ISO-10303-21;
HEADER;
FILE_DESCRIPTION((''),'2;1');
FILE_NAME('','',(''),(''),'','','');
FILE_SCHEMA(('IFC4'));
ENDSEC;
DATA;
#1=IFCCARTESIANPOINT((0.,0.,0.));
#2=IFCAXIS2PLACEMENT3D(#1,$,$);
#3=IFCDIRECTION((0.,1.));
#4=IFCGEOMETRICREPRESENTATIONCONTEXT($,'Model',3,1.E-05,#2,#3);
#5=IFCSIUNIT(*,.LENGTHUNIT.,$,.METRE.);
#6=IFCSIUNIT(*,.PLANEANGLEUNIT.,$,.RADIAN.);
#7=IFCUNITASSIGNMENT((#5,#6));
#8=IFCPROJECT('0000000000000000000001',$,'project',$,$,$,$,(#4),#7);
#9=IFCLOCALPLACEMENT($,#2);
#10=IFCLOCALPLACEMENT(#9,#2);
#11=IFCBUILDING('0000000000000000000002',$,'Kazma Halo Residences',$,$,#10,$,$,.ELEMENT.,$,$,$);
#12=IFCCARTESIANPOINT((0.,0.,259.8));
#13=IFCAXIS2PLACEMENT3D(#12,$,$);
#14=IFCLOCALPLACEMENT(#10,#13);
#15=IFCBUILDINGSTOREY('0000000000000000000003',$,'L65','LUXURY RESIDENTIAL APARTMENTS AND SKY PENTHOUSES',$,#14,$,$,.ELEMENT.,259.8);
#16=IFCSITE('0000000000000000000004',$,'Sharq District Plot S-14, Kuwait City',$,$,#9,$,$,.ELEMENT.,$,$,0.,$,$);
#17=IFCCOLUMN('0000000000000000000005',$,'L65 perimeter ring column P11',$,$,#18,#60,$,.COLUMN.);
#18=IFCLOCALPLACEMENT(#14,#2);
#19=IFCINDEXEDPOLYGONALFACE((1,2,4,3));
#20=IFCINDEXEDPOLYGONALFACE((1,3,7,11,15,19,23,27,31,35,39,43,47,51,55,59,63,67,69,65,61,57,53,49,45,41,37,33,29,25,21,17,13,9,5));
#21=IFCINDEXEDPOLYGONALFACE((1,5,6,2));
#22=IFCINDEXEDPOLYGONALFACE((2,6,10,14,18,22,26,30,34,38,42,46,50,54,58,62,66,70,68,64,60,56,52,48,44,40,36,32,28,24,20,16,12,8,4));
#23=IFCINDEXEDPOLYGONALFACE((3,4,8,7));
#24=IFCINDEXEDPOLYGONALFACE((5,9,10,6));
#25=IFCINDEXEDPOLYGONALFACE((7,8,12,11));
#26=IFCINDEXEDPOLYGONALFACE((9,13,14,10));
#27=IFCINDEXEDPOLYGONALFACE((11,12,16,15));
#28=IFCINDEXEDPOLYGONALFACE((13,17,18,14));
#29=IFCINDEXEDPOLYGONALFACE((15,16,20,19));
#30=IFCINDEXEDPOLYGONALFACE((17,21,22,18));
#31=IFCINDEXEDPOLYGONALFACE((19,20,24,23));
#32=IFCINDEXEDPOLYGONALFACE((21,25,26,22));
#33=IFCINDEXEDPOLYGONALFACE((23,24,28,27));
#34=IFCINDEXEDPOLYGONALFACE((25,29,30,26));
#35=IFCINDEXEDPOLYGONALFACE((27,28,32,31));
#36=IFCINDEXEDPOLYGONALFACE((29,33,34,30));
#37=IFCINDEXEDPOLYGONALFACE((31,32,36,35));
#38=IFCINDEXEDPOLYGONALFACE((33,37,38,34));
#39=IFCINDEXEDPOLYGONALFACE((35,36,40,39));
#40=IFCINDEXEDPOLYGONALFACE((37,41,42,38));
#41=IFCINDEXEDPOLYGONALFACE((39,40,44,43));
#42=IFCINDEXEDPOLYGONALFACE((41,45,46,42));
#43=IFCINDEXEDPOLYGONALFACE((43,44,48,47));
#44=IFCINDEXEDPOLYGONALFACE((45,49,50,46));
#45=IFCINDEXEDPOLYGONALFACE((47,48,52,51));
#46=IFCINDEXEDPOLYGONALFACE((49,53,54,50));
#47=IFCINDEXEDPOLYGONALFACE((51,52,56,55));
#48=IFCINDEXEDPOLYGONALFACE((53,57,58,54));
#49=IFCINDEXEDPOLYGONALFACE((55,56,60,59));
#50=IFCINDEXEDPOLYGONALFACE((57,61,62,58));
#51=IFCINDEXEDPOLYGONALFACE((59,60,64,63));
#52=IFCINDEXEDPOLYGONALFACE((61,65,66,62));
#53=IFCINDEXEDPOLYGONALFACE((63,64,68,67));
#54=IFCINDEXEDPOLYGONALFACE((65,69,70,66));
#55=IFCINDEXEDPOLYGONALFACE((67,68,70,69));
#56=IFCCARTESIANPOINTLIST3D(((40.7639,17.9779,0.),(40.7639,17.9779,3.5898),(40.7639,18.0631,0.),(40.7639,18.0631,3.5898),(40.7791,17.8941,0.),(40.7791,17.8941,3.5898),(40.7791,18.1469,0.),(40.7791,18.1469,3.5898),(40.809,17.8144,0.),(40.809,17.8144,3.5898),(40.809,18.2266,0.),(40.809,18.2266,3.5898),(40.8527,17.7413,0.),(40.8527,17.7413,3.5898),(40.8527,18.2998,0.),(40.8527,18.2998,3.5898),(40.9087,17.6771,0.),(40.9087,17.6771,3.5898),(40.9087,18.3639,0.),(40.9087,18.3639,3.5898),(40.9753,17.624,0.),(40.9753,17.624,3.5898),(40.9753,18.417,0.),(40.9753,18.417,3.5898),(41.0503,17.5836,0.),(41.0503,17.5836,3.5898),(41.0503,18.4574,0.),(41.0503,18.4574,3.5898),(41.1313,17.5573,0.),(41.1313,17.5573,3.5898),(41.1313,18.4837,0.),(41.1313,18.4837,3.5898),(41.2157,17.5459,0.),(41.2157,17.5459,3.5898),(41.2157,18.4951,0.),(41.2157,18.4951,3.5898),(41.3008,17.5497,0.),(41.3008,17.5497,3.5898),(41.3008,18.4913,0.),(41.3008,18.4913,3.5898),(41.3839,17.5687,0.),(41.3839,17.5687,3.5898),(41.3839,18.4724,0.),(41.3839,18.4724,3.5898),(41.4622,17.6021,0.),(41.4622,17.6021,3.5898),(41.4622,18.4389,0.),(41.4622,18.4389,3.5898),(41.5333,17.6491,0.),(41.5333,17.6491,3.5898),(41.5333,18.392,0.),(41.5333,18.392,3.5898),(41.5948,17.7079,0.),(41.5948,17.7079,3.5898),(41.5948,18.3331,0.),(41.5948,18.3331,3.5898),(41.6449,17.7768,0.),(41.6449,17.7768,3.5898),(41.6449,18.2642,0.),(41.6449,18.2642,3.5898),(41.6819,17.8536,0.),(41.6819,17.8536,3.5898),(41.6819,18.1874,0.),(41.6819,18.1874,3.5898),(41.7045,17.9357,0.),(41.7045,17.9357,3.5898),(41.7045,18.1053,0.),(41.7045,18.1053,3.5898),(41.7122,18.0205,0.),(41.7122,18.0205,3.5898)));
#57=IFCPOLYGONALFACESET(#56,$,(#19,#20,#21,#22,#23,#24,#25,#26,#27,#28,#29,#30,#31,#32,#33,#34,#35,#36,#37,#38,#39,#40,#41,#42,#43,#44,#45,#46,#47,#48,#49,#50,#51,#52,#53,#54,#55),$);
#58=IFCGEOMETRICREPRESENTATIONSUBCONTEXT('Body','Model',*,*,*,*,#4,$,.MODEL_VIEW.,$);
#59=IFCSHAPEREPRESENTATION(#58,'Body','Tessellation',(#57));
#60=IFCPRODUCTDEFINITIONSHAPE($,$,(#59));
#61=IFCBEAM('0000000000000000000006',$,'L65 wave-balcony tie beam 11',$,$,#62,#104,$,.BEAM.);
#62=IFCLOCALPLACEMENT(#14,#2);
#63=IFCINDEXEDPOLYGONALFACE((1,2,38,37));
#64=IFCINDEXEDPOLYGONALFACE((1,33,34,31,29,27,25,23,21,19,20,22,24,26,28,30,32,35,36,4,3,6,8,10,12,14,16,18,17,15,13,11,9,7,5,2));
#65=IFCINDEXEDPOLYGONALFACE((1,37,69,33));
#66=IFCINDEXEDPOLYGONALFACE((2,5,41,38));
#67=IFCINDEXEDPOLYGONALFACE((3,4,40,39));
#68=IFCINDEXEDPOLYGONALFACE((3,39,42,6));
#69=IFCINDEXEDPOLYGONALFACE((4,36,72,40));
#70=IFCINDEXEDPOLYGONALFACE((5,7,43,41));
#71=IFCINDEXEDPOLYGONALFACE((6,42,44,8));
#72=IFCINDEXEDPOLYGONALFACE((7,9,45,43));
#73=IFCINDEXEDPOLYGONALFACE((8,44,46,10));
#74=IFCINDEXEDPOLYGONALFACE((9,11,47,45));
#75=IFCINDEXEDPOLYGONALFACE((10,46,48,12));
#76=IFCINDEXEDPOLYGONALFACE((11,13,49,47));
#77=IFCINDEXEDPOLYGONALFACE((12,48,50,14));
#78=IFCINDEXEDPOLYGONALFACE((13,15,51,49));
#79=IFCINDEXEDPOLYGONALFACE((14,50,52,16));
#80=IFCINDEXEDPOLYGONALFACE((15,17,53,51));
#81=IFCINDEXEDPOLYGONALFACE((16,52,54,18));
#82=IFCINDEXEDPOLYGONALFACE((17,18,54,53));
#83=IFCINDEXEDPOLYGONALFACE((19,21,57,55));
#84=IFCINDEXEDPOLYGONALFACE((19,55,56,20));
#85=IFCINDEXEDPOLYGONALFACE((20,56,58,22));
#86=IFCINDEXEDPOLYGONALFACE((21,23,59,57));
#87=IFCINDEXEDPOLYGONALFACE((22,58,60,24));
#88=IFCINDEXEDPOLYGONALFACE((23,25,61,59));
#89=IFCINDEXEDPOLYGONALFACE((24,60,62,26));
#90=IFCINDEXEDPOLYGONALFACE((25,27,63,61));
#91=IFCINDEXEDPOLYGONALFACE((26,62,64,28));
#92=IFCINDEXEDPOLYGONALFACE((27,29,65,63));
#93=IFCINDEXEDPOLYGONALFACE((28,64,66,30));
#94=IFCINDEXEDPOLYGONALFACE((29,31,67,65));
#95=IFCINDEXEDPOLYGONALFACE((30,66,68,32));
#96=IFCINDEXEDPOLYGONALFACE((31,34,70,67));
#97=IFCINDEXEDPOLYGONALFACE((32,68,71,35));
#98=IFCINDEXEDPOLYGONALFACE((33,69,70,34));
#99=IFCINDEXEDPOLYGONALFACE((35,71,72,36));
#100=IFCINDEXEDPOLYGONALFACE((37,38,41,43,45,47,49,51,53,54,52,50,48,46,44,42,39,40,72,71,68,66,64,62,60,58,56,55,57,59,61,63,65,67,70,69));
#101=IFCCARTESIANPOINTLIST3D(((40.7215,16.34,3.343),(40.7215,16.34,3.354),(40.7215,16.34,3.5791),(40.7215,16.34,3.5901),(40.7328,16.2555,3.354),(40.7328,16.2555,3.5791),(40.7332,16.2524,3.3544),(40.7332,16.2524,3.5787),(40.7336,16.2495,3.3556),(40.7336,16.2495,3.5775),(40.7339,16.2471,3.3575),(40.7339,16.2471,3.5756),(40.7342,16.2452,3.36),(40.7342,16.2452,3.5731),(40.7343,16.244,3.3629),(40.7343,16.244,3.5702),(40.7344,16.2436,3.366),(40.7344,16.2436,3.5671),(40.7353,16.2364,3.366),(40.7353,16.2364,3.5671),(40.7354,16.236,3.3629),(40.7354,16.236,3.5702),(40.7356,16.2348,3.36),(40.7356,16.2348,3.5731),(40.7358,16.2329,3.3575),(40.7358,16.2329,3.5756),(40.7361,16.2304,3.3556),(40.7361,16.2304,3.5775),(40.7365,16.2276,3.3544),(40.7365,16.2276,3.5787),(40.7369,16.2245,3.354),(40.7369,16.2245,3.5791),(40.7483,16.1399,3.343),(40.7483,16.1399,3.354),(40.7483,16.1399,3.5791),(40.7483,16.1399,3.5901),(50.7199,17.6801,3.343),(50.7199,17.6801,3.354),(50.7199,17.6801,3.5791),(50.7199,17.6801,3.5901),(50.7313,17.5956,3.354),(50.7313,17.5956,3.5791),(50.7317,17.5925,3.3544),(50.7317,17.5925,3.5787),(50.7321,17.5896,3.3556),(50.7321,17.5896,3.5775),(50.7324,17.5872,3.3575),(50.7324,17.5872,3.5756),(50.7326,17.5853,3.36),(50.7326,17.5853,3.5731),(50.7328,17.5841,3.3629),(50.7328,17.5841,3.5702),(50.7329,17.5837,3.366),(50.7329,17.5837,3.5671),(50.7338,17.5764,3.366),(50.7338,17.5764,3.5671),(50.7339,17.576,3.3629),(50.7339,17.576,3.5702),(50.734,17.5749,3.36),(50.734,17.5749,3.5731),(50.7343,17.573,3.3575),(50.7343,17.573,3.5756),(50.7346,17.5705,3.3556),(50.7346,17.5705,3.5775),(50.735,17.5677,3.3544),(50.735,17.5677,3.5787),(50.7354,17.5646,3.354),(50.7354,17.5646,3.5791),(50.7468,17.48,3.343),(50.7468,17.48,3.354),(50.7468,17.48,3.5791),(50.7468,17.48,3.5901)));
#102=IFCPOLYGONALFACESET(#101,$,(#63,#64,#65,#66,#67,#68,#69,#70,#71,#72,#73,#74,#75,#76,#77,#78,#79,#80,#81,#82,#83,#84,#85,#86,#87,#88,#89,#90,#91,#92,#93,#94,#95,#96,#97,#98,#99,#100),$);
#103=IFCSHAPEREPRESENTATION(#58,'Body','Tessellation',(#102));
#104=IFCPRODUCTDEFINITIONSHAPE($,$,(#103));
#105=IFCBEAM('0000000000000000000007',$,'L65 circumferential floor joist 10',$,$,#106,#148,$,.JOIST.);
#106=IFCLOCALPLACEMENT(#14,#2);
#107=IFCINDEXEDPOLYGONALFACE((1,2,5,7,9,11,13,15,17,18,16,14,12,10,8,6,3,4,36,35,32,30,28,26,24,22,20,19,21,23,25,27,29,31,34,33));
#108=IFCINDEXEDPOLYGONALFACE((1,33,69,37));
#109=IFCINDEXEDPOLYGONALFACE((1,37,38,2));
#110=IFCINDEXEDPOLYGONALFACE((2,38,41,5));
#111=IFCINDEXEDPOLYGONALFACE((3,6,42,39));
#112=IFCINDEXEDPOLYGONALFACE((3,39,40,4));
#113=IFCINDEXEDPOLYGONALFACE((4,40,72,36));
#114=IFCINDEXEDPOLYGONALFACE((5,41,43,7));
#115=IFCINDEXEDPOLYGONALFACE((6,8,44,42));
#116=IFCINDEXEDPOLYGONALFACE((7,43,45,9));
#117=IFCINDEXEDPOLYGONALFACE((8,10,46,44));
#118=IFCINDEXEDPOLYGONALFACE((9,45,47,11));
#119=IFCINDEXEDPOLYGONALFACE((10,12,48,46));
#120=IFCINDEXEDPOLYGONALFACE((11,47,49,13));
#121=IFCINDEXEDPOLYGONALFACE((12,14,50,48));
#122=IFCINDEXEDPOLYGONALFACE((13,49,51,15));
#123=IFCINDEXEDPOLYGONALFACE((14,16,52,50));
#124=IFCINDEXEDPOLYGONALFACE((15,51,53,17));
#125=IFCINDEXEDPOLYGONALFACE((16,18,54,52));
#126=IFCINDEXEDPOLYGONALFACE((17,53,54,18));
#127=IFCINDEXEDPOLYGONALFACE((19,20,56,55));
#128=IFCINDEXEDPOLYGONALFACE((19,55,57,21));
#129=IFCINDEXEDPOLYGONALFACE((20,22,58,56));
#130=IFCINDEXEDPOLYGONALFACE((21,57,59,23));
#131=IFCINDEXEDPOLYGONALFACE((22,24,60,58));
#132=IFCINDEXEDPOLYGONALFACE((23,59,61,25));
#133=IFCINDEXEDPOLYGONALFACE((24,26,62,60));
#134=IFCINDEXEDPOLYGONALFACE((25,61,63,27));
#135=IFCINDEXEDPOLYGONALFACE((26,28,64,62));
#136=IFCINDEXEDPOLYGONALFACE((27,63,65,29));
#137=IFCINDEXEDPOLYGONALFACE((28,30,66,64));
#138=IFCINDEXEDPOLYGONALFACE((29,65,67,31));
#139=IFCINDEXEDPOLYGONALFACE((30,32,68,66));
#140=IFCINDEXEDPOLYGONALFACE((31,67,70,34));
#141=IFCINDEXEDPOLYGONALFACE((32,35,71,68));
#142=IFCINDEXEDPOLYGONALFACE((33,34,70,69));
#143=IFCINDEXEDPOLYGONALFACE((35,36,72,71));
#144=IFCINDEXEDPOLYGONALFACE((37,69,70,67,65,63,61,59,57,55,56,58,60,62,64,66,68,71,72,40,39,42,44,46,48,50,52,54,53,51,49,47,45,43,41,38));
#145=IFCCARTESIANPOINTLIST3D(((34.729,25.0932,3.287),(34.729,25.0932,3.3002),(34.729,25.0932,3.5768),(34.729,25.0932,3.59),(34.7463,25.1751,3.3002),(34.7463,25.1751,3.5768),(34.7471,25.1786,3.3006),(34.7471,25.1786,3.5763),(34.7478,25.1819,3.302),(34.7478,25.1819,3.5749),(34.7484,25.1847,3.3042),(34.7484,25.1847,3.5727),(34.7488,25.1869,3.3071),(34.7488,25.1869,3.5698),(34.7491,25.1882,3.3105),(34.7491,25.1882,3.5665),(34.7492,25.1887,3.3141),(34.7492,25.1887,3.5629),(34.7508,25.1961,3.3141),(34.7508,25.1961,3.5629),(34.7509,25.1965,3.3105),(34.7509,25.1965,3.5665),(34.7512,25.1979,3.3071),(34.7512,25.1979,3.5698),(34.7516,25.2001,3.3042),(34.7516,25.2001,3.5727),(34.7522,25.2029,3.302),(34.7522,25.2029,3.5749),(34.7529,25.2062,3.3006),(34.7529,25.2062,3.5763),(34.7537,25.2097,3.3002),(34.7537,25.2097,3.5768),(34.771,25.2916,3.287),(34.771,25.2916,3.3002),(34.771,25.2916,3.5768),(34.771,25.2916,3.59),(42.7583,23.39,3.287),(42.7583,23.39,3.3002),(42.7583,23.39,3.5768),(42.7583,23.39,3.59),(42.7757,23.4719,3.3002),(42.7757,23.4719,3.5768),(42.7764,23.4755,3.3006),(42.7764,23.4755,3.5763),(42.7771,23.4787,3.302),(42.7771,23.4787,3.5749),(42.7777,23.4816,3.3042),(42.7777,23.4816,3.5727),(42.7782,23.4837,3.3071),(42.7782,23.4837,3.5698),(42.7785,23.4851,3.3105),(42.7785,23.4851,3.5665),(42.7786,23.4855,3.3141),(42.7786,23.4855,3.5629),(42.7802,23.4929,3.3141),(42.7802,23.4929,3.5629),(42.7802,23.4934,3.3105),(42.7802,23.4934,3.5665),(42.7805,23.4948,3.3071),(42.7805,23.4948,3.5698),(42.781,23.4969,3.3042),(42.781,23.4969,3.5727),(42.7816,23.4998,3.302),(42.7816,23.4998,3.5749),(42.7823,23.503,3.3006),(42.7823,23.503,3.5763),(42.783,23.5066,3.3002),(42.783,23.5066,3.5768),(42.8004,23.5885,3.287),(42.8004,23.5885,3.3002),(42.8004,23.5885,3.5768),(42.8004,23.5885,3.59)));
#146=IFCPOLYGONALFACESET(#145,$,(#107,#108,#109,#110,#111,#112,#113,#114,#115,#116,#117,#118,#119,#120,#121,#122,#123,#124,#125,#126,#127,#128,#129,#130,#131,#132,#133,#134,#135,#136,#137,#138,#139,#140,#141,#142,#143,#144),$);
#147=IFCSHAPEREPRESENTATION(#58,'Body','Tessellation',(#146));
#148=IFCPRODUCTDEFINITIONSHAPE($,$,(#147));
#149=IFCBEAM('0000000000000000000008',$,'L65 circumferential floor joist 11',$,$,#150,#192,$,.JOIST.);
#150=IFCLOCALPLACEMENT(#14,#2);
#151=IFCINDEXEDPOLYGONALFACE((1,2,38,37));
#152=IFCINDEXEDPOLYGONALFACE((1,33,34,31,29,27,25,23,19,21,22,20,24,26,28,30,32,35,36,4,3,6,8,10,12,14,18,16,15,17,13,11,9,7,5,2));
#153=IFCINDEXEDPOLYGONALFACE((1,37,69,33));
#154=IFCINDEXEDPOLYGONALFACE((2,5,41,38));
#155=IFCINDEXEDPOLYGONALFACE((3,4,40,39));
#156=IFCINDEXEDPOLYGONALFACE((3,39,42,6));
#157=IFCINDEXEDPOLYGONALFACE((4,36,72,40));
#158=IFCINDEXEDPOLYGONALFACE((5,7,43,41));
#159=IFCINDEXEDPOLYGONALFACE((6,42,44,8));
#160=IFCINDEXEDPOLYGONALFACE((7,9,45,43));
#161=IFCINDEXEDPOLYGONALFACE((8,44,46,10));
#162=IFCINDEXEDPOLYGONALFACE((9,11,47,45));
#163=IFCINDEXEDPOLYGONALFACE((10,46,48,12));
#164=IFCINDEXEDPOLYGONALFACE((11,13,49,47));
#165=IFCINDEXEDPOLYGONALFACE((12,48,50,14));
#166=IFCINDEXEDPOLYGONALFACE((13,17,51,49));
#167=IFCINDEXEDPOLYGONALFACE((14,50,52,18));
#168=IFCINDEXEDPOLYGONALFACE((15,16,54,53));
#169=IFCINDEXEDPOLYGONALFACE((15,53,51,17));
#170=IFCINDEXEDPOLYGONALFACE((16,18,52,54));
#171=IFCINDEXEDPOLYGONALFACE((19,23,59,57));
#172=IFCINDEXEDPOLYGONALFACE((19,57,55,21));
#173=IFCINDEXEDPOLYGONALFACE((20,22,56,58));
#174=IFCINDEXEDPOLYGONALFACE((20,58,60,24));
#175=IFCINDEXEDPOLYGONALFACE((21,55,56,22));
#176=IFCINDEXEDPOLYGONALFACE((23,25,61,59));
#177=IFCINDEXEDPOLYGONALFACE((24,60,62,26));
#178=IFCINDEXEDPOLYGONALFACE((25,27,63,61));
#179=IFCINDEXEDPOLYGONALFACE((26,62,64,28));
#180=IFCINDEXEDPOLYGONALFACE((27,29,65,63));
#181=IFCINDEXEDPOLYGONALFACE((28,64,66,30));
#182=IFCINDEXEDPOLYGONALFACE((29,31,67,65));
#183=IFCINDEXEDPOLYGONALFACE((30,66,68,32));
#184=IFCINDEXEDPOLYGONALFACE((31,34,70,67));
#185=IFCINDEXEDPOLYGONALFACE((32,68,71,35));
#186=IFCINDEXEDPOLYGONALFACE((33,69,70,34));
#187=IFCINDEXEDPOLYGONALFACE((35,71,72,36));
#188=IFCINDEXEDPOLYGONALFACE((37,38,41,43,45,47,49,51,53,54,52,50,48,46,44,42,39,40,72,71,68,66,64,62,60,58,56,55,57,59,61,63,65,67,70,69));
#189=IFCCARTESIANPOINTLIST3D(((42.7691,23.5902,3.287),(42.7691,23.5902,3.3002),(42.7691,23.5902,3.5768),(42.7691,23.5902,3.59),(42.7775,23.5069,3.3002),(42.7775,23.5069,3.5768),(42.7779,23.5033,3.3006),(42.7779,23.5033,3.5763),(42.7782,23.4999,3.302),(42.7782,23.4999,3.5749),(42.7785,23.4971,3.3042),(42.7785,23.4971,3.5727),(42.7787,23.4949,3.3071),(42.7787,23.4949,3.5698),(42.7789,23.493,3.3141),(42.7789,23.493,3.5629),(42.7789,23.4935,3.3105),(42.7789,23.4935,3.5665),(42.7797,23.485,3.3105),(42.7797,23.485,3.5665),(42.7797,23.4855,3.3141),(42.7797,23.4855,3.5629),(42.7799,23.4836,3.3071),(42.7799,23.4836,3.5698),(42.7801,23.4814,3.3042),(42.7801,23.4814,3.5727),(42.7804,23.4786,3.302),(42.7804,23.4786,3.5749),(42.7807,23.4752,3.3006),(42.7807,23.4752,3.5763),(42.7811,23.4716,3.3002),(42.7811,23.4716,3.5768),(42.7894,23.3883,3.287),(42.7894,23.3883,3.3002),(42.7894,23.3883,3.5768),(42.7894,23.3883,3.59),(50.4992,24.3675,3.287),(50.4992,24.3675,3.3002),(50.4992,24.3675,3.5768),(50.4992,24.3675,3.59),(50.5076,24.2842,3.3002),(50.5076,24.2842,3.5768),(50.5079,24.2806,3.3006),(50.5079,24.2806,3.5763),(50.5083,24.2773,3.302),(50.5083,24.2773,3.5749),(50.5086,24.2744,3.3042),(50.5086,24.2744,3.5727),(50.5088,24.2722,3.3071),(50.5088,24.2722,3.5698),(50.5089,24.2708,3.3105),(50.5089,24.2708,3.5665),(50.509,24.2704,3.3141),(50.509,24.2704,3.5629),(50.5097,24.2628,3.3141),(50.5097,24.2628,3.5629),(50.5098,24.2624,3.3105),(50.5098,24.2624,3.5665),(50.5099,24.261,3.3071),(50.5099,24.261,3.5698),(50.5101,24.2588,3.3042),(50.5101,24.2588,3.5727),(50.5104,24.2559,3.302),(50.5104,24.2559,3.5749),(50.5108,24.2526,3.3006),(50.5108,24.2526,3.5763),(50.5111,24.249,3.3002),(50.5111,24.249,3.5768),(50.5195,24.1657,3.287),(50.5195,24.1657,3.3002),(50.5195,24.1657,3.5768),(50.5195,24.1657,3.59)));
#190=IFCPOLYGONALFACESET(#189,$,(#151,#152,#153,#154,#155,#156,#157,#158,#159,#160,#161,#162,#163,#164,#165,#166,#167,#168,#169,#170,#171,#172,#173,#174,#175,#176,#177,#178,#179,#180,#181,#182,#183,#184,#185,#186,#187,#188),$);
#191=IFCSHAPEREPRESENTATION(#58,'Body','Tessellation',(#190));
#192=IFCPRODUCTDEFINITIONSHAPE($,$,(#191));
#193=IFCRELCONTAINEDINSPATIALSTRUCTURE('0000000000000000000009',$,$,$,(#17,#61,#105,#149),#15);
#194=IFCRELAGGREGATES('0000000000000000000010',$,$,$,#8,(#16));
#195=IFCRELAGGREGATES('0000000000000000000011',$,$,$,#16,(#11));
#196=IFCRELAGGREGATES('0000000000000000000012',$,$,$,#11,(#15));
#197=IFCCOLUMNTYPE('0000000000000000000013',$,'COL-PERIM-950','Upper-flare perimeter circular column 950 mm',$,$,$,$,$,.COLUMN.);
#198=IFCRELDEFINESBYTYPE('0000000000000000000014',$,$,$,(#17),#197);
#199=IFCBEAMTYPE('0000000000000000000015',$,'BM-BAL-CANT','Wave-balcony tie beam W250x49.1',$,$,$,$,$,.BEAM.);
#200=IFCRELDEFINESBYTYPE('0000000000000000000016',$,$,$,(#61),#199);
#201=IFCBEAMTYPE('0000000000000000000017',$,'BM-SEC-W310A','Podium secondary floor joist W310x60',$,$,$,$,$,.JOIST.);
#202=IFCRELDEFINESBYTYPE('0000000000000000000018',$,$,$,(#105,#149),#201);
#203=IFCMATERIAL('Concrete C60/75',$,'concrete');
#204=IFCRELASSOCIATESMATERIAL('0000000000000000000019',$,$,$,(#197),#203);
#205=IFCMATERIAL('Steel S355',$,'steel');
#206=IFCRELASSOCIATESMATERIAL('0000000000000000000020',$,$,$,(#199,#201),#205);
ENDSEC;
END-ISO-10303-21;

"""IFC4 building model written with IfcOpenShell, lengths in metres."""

from ifc_helpers import new_model, si_unit, direction, frame, origin, origin_2d, place, context, subcontext, project, spatial, circle, i_section, extrude, material, material_profile, profile_set, type_object, element, save


model = new_model("IFC4")

# Units and contexts
model_context = context("Model", 3, precision=1e-05, world=origin(), true_north=direction((0.0, 1.0)))
body_context = subcontext(model_context, "Body", "Model", "MODEL_VIEW")
ifc_project = project(units=[si_unit("LENGTHUNIT", "METRE"), si_unit("PLANEANGLEUNIT", "RADIAN")], contexts=[model_context])

# Site, building, storey
site_placement = place(None, origin())
site = spatial("IfcSite", under=ifc_project, at=site_placement, Name="Sharq District Plot S-14, Kuwait City", CompositionType="ELEMENT", RefElevation=0.0)
building_placement = place(site_placement, origin())
building = spatial("IfcBuilding", under=site, at=building_placement, Name="Kazma Halo Residences", CompositionType="ELEMENT")
storey_placement = place(building_placement, frame((0.0, 0.0, 259.8)))
storey = spatial("IfcBuildingStorey", under=building, at=storey_placement, Name="L65", Description="LUXURY RESIDENTIAL APARTMENTS AND SKY PENTHOUSES", CompositionType="ELEMENT", Elevation=259.8)

# Column
ifc_material_1 = material(Name="Concrete C60/75", Category="concrete")
ifc_material_profile_1 = material_profile(ifc_material_1, circle(Radius=0.4751, at=origin_2d()), Name="CIRC950")
ifc_profile_set_1 = profile_set([ifc_material_profile_1], Name="Concrete C60/75")
column_type = type_object("IfcColumnType", Name="COL-PERIM-950", Description="Upper-flare perimeter circular column 950 mm", PredefinedType="COLUMN", material=ifc_profile_set_1)
column_placement = place(storey_placement, frame((41.2371, 18.0205, 0.0), z_axis=(0.0, 0.0, 1.0), x_axis=(1.0, 0.0, 0.0)))
element("IfcColumn", 1, at=column_placement, inside=storey, type_object=column_type, Name="L65 perimeter ring column P11", PredefinedType="COLUMN", context=body_context, shape_type="SweptSolid", body=[
    extrude(circle(Radius=0.4751, at=origin_2d()), origin(), (0.0, 0.0, 1.0), 3.5898),
])

# Beams
ifc_material_2 = material(Name="Steel S355", Category="steel")
ifc_material_profile_2 = material_profile(ifc_material_2, i_section(OverallWidth=0.2019, OverallDepth=0.2471, WebThickness=0.0073, FlangeThickness=0.011, FilletRadius=0.012, at=origin_2d()), Name="W250x49.1")
ifc_profile_set_2 = profile_set([ifc_material_profile_2], Name="Steel S355")
beam_type_1 = type_object("IfcBeamType", Name="BM-BAL-CANT", Description="Wave-balcony tie beam W250x49.1", PredefinedType="BEAM", material=ifc_profile_set_2)
beam_1_placement = place(storey_placement, frame((40.7349, 16.24, 3.4666), z_axis=(0.991137, 0.132841, 0.0), x_axis=(-0.132841, 0.991137, 0.0)))
element("IfcBeam", 2, at=beam_1_placement, inside=storey, type_object=beam_type_1, Name="L65 wave-balcony tie beam 11", PredefinedType="BEAM", context=body_context, shape_type="SweptSolid", body=[
    extrude(i_section(OverallWidth=0.2019, OverallDepth=0.2471, WebThickness=0.0073, FlangeThickness=0.011, FilletRadius=0.012, at=origin_2d()), origin(), (0.0, 0.0, 1.0), 10.0879),
])
ifc_material_profile_3 = material_profile(ifc_material_2, i_section(OverallWidth=0.2029, OverallDepth=0.303, WebThickness=0.0076, FlangeThickness=0.0132, FilletRadius=0.0139, at=origin_2d()), Name="W310x60")
ifc_profile_set_3 = profile_set([ifc_material_profile_3], Name="Steel S355")
beam_type_2 = type_object("IfcBeamType", Name="BM-SEC-W310A", Description="Podium secondary floor joist W310x60", PredefinedType="JOIST", material=ifc_profile_set_3)
beam_2_placement = place(storey_placement, frame((34.75, 25.1924, 3.4385), z_axis=(0.978236, -0.207497, 0.0), x_axis=(0.207497, 0.978236, 0.0)))
element("IfcBeam", 3, at=beam_2_placement, inside=storey, type_object=beam_type_2, Name="L65 circumferential floor joist 10", PredefinedType="JOIST", context=body_context, shape_type="SweptSolid", body=[
    extrude(i_section(OverallWidth=0.2029, OverallDepth=0.303, WebThickness=0.0076, FlangeThickness=0.0132, FilletRadius=0.0139, at=origin_2d()), origin(), (0.0, 0.0, 1.0), 8.208),
])
beam_3_placement = place(storey_placement, frame((42.7793, 23.4893, 3.4385), z_axis=(0.994982, 0.100058, 0.0), x_axis=(-0.100058, 0.994982, 0.0)))
element("IfcBeam", 4, at=beam_3_placement, inside=storey, type_object=beam_type_2, Name="L65 circumferential floor joist 11", PredefinedType="JOIST", context=body_context, shape_type="SweptSolid", body=[
    extrude(i_section(OverallWidth=0.2029, OverallDepth=0.303, WebThickness=0.0076, FlangeThickness=0.0132, FilletRadius=0.0139, at=origin_2d()), origin(), (0.0, 0.0, 1.0), 7.769),
])

save(model, "model.ifc")
